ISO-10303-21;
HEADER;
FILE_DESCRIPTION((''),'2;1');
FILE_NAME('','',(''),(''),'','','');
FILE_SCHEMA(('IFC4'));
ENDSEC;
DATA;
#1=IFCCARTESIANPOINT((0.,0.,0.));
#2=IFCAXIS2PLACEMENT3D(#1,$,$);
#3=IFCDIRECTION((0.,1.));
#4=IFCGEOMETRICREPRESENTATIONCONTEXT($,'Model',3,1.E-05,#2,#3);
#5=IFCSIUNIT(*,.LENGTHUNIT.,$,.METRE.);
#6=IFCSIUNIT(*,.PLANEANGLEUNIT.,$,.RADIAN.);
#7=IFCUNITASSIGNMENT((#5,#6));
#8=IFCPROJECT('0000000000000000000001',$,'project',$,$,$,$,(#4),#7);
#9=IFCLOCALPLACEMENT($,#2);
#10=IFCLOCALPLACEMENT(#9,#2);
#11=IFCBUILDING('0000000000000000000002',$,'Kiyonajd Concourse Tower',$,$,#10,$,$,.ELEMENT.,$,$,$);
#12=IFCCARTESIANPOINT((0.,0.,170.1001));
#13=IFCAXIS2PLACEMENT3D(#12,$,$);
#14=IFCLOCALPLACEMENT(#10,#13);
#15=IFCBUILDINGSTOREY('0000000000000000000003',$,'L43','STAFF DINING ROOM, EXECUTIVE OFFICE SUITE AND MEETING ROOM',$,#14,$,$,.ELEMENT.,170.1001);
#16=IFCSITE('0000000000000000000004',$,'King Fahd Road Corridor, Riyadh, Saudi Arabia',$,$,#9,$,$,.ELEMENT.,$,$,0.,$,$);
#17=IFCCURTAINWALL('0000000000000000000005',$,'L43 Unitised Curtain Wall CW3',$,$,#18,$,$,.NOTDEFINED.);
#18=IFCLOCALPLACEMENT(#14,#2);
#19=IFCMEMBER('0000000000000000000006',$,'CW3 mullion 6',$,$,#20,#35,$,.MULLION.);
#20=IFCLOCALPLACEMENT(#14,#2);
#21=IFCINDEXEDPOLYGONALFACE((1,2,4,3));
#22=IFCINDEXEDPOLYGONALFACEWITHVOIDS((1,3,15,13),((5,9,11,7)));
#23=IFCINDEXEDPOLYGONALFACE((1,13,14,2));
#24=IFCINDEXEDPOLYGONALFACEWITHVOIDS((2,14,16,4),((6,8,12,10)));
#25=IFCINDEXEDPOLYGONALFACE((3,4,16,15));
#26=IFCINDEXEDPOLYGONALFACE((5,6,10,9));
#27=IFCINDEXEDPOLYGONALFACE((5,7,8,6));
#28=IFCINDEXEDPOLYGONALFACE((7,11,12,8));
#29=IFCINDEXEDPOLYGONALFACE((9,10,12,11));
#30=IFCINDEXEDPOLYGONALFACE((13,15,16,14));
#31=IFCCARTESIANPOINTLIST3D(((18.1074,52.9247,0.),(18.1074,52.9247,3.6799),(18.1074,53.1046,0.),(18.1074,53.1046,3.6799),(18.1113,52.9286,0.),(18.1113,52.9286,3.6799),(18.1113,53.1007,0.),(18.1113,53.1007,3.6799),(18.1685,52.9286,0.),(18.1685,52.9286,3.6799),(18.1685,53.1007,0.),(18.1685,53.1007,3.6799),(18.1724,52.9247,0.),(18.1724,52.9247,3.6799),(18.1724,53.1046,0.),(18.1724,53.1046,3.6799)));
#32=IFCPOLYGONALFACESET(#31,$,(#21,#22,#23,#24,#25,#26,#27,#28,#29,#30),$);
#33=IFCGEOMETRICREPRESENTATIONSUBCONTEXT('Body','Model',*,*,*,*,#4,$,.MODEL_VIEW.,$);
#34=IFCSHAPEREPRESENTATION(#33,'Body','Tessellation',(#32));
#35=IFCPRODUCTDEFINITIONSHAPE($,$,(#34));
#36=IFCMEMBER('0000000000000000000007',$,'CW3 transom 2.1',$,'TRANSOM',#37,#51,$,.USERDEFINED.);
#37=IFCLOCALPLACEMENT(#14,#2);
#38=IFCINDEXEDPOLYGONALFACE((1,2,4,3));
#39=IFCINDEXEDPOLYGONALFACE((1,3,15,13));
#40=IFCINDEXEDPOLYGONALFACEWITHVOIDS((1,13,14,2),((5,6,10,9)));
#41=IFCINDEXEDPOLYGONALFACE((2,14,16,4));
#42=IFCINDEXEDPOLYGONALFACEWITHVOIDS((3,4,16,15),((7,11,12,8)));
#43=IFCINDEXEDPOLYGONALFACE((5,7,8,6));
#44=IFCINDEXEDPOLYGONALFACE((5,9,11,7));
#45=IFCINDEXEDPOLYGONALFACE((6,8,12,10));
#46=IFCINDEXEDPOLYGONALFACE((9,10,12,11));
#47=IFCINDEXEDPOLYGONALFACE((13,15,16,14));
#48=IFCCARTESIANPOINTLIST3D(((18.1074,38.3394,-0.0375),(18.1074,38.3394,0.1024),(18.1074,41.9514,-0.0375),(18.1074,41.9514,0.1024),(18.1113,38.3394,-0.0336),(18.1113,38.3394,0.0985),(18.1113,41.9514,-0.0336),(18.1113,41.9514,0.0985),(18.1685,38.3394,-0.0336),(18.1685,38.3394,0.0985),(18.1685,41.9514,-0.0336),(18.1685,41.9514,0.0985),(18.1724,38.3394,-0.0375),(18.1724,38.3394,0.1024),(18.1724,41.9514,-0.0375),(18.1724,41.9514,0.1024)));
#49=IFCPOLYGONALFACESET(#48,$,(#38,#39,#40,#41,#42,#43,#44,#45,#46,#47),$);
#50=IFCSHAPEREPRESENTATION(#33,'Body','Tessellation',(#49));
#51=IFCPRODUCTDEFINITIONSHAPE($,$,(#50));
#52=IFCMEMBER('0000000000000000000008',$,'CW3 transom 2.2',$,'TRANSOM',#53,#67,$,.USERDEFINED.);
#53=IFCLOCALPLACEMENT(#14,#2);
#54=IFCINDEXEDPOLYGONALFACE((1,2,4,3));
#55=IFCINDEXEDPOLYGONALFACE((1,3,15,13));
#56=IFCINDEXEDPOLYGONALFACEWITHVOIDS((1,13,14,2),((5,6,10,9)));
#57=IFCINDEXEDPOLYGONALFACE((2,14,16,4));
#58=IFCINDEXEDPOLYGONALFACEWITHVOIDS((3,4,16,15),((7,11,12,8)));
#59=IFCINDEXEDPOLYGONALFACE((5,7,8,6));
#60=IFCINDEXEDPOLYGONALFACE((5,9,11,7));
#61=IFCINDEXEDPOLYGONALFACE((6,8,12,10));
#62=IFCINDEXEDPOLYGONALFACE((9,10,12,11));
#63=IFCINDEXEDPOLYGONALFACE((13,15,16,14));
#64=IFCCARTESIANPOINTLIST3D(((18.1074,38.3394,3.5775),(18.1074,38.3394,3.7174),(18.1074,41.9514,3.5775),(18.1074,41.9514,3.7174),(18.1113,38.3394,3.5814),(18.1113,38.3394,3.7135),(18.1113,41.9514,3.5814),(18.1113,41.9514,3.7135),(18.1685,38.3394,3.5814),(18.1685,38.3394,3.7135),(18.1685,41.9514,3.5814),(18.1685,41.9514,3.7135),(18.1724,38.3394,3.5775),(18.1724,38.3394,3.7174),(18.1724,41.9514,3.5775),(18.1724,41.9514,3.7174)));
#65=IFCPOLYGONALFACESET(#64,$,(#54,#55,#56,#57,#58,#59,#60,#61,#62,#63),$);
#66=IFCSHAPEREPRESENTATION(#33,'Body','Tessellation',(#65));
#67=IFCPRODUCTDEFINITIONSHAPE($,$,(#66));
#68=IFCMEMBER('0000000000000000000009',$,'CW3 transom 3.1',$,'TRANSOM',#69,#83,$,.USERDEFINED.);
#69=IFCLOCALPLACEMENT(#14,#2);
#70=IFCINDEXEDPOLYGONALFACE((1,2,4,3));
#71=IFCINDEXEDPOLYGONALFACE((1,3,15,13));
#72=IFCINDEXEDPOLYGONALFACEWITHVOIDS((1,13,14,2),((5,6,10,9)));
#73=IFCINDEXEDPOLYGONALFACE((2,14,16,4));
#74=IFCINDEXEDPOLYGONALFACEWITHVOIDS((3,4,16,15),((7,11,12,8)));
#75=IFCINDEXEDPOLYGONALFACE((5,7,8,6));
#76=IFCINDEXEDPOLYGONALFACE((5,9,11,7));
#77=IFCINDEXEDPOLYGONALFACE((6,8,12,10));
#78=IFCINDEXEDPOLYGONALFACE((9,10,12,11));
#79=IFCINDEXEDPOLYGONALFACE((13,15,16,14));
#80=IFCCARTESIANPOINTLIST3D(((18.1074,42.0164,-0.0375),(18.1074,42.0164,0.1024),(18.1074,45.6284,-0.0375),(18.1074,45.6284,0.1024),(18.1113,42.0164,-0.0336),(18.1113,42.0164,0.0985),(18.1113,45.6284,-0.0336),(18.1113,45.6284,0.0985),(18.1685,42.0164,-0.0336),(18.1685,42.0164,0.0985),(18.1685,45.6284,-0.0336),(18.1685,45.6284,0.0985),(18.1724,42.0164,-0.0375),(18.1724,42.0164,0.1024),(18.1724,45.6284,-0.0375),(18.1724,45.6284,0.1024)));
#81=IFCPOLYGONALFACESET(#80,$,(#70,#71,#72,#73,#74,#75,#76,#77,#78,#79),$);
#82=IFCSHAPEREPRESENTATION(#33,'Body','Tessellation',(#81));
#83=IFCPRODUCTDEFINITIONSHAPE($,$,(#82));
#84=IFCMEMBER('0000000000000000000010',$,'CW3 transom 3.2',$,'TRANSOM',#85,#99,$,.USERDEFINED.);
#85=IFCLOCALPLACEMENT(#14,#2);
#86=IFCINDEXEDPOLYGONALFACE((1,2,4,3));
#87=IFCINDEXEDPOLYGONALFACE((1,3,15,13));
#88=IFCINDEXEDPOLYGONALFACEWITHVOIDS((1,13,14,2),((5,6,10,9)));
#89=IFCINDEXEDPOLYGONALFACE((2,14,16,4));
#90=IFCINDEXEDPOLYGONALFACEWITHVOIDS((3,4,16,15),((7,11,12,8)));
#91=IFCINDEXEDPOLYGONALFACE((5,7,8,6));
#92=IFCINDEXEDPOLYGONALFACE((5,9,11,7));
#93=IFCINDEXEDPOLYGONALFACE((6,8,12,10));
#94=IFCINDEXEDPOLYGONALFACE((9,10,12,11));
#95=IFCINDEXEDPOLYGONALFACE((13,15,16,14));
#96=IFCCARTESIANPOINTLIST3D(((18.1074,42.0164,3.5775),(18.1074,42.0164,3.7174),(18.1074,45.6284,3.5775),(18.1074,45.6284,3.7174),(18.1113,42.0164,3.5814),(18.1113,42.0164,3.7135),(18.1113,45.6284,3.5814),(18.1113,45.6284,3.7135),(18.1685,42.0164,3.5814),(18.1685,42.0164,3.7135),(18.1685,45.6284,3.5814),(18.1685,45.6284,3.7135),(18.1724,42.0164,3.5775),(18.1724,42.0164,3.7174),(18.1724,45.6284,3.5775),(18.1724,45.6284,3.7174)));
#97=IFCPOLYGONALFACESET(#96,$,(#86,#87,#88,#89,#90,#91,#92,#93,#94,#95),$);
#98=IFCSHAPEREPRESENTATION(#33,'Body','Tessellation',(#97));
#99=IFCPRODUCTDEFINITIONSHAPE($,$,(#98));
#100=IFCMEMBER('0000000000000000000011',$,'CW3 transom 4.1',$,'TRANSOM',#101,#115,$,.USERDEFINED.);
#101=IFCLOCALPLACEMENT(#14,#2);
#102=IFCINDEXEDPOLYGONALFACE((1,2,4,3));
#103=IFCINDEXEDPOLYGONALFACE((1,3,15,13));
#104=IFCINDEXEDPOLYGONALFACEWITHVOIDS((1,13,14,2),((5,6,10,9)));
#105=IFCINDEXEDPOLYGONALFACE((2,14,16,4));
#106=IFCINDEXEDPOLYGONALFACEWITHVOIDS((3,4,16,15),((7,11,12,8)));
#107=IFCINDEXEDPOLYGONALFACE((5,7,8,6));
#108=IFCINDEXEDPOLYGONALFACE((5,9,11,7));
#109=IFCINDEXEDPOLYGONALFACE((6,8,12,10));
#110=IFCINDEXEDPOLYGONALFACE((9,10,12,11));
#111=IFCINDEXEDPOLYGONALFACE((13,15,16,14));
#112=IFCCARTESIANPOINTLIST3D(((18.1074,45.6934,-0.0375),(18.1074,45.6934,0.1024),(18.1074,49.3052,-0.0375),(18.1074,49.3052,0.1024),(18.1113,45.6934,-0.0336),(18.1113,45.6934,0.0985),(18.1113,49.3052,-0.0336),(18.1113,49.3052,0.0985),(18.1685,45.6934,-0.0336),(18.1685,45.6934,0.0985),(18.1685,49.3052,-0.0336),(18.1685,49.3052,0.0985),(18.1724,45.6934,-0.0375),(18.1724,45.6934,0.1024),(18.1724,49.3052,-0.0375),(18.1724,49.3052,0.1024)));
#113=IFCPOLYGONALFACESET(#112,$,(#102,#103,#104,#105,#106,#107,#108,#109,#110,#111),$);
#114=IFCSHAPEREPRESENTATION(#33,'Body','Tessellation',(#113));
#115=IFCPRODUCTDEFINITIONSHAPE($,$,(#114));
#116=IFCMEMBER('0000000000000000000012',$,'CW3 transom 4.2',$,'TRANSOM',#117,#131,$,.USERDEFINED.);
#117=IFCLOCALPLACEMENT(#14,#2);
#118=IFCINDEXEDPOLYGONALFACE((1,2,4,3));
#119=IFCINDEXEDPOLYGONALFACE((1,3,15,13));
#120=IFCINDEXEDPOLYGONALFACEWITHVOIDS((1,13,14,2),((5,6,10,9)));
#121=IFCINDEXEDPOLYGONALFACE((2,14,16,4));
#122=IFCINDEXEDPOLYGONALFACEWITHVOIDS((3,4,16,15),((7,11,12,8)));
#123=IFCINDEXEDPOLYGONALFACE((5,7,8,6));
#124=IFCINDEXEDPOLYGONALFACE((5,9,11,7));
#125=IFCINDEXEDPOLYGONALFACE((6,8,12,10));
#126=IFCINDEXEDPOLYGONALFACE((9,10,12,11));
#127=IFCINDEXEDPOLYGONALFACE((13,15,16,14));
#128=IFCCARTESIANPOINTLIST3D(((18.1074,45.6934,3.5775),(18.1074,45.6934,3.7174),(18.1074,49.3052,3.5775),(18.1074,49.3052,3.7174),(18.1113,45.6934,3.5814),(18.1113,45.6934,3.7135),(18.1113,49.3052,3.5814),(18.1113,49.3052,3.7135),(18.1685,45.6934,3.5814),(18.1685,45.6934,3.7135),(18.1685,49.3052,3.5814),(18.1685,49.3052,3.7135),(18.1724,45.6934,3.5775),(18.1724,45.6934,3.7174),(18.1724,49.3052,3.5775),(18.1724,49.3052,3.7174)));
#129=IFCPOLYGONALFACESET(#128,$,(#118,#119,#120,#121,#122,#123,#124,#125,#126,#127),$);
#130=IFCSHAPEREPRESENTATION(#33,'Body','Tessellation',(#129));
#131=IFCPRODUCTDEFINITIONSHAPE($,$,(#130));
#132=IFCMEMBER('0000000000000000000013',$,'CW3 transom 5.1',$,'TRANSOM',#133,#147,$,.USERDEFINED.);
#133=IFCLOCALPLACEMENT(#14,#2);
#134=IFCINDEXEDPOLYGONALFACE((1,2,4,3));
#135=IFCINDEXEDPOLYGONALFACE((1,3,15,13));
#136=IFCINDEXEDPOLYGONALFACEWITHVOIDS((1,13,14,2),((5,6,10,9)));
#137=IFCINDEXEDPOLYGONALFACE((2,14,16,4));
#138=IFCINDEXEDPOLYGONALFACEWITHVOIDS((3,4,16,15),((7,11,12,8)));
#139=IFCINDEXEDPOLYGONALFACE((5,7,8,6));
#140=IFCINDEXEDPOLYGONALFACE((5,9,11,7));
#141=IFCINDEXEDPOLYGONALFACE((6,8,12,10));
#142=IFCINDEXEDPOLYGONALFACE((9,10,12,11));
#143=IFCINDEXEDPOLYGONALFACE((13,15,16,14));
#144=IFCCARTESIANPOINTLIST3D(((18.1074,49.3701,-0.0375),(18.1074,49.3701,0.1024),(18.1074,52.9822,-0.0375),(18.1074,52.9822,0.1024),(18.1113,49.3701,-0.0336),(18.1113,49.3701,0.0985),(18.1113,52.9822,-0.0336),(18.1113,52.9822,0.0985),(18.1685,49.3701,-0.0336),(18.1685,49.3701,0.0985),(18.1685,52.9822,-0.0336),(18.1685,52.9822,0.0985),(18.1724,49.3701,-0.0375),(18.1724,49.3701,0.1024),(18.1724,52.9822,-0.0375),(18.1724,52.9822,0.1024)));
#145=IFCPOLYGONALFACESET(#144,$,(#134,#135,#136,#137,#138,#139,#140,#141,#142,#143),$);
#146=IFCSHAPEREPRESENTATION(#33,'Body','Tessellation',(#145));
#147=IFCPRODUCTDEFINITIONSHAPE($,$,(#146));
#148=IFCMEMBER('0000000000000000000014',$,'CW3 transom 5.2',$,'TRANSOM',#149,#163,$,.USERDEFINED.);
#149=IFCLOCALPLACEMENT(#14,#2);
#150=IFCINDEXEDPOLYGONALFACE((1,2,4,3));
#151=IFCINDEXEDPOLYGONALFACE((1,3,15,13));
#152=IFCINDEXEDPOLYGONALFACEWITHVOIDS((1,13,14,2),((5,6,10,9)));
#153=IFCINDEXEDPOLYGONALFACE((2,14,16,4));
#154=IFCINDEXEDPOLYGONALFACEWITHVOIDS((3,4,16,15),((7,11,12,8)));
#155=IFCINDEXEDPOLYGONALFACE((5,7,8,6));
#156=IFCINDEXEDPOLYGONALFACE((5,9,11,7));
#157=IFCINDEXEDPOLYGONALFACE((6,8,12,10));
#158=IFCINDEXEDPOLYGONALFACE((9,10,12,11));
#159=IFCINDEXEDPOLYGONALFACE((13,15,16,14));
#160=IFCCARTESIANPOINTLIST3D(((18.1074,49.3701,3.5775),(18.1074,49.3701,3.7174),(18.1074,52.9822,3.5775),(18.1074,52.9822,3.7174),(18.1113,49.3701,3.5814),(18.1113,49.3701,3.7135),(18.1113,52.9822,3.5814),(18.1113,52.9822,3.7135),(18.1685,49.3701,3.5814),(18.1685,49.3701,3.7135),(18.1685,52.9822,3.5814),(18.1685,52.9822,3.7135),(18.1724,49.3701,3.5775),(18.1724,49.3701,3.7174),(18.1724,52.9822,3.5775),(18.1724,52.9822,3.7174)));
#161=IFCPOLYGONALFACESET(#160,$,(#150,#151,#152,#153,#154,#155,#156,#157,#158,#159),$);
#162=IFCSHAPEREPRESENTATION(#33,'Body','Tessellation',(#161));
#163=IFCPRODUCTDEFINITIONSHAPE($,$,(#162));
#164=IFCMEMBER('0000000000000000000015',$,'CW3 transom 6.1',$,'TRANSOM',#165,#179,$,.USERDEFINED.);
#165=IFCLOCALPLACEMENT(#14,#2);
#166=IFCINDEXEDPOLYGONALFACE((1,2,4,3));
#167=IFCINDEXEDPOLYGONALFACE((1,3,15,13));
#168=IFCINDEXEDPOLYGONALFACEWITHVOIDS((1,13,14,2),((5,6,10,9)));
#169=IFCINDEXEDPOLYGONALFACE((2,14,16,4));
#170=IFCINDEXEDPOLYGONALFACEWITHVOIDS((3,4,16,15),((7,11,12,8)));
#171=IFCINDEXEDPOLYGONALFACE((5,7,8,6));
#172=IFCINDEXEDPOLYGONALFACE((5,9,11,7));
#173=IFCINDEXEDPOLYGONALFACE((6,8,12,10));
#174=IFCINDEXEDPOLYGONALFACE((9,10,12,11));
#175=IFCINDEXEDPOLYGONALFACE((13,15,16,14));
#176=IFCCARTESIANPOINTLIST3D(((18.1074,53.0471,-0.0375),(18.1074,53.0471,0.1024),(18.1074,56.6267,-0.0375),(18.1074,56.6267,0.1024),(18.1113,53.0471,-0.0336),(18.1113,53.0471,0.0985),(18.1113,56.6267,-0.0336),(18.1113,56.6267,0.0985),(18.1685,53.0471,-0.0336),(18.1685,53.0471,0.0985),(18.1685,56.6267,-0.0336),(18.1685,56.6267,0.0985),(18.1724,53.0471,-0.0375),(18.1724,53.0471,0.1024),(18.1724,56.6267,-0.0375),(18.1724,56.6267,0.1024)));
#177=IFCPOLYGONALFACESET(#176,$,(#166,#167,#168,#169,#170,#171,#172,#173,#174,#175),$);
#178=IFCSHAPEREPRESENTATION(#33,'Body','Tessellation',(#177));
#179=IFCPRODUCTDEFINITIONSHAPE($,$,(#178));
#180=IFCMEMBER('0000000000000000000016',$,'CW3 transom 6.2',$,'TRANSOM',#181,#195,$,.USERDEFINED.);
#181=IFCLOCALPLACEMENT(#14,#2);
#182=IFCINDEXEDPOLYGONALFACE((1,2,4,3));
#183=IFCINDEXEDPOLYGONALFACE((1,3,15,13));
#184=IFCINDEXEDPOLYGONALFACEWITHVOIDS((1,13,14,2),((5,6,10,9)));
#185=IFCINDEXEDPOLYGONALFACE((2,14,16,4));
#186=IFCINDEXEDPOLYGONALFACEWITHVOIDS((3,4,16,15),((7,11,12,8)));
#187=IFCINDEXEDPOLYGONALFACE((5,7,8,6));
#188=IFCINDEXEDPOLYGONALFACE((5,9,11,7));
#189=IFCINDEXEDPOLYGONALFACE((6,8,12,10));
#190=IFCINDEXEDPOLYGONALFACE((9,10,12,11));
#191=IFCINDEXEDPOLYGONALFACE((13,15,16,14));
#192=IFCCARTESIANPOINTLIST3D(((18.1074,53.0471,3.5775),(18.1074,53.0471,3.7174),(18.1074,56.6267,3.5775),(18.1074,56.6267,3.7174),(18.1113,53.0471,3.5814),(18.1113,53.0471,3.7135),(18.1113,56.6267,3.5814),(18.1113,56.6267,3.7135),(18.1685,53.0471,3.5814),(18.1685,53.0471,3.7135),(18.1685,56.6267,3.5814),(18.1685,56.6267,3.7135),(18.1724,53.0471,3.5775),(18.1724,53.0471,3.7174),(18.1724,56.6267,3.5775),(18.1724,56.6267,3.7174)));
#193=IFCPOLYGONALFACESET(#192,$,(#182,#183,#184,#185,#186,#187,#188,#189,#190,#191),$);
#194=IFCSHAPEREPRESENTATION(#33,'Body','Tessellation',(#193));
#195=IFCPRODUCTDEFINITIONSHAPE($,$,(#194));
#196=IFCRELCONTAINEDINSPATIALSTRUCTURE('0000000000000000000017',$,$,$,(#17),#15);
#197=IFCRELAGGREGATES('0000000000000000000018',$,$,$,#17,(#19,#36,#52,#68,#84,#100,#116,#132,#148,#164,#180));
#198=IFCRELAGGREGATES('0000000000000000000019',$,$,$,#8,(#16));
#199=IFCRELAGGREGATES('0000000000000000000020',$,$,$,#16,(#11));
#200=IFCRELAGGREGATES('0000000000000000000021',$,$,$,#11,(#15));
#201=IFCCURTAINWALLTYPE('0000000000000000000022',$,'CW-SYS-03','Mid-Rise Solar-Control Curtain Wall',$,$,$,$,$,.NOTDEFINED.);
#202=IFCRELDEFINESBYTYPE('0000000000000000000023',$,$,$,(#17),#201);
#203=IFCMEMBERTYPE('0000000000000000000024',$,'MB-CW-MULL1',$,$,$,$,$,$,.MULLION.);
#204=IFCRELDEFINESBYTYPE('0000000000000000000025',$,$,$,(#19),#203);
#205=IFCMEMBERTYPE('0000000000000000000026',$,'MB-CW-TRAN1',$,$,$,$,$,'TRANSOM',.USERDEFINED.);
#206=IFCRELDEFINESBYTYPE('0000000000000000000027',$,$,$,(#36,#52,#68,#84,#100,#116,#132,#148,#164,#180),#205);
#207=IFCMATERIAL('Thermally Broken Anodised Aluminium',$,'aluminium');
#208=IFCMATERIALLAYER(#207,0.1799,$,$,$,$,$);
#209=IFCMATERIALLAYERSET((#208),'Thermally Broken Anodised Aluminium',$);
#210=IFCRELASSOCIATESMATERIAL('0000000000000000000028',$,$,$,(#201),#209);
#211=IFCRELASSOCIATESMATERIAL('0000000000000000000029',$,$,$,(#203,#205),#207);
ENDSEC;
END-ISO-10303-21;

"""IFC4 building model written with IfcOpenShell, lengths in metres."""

from ifc_helpers import new_model, si_unit, direction, frame, origin, origin_2d, place, context, subcontext, project, spatial, hollow_rectangle, extrude, material, layer, layer_set, material_profile, profile_set, type_object, element, aggregate, save


model = new_model("IFC4")

# Units and contexts
model_context = context("Model", 3, precision=1e-05, world=origin(), true_north=direction((0.0, 1.0)))
body_context = subcontext(model_context, "Body", "Model", "MODEL_VIEW")
ifc_project = project(units=[si_unit("LENGTHUNIT", "METRE"), si_unit("PLANEANGLEUNIT", "RADIAN")], contexts=[model_context])

# Site, building, storey
site_placement = place(None, origin())
site = spatial("IfcSite", under=ifc_project, at=site_placement, Name="King Fahd Road Corridor, Riyadh, Saudi Arabia", CompositionType="ELEMENT", RefElevation=0.0)
building_placement = place(site_placement, origin())
building = spatial("IfcBuilding", under=site, at=building_placement, Name="Kiyonajd Concourse Tower", CompositionType="ELEMENT")
storey_placement = place(building_placement, frame((0.0, 0.0, 170.1001)))
storey = spatial("IfcBuildingStorey", under=building, at=storey_placement, Name="L43", Description="STAFF DINING ROOM, EXECUTIVE OFFICE SUITE AND MEETING ROOM", CompositionType="ELEMENT", Elevation=170.1001)

# Curtain wall, members
ifc_material_1 = material(Name="Thermally Broken Anodised Aluminium", Category="aluminium")
ifc_layer_1 = layer(ifc_material_1, 0.1799)
ifc_layer_set_1 = layer_set([ifc_layer_1], Name="Thermally Broken Anodised Aluminium")
curtain_wall_type = type_object("IfcCurtainWallType", Name="CW-SYS-03", Description="Mid-Rise Solar-Control Curtain Wall", PredefinedType="NOTDEFINED", material=ifc_layer_set_1)
curtain_wall_placement = place(storey_placement, origin())
curtain_wall = element("IfcCurtainWall", 1, at=curtain_wall_placement, inside=storey, type_object=curtain_wall_type, Name="L43 Unitised Curtain Wall CW3", PredefinedType="NOTDEFINED")
ifc_material_profile_1 = material_profile(ifc_material_1, hollow_rectangle(XDim=0.0649, YDim=0.1799, WallThickness=0.0039, at=origin_2d()), Name="MULL-65x180")
ifc_profile_set_1 = profile_set([ifc_material_profile_1], Name="Thermally Broken Anodised Aluminium")
member_type_1 = type_object("IfcMemberType", Name="MB-CW-MULL1", PredefinedType="MULLION", material=ifc_profile_set_1)
member_1_placement = place(storey_placement, frame((18.1399, 53.0146, 0.0), z_axis=(0.0, 0.0, 1.0), x_axis=(-1.0, 0.0, 0.0)))
member_1 = element("IfcMember", 2, at=member_1_placement, type_object=member_type_1, Name="CW3 mullion 6", PredefinedType="MULLION", context=body_context, shape_type="SweptSolid", body=[
    extrude(hollow_rectangle(XDim=0.0649, YDim=0.1799, WallThickness=0.0039, at=origin_2d()), origin(), (0.0, 0.0, 1.0), 3.6799),
])
ifc_material_profile_2 = material_profile(ifc_material_1, hollow_rectangle(XDim=0.0649, YDim=0.1399, WallThickness=0.0039, at=origin_2d()), Name="TRAN-65x140")
ifc_profile_set_2 = profile_set([ifc_material_profile_2], Name="Thermally Broken Anodised Aluminium")
member_type_2 = type_object("IfcMemberType", Name="MB-CW-TRAN1", ElementType="TRANSOM", PredefinedType="USERDEFINED", material=ifc_profile_set_2)
member_2_placement = place(storey_placement, frame((18.1399, 38.3394, 0.0325), z_axis=(0.0, 1.0, 0.0), x_axis=(-1.0, 0.0, 0.0)))
member_2 = element("IfcMember", 3, at=member_2_placement, type_object=member_type_2, Name="CW3 transom 2.1", ObjectType="TRANSOM", PredefinedType="USERDEFINED", context=body_context, shape_type="SweptSolid", body=[
    extrude(hollow_rectangle(XDim=0.0649, YDim=0.1399, WallThickness=0.0039, at=origin_2d()), origin(), (0.0, 0.0, 1.0), 3.6121),
])
member_3_placement = place(storey_placement, frame((18.1399, 38.3394, 3.6475), z_axis=(0.0, 1.0, 0.0), x_axis=(-1.0, 0.0, 0.0)))
member_3 = element("IfcMember", 4, at=member_3_placement, type_object=member_type_2, Name="CW3 transom 2.2", ObjectType="TRANSOM", PredefinedType="USERDEFINED", context=body_context, shape_type="SweptSolid", body=[
    extrude(hollow_rectangle(XDim=0.0649, YDim=0.1399, WallThickness=0.0039, at=origin_2d()), origin(), (0.0, 0.0, 1.0), 3.6121),
])
member_4_placement = place(storey_placement, frame((18.1399, 42.0164, 0.0325), z_axis=(0.0, 1.0, 0.0), x_axis=(-1.0, 0.0, 0.0)))
member_4 = element("IfcMember", 5, at=member_4_placement, type_object=member_type_2, Name="CW3 transom 3.1", ObjectType="TRANSOM", PredefinedType="USERDEFINED", context=body_context, shape_type="SweptSolid", body=[
    extrude(hollow_rectangle(XDim=0.0649, YDim=0.1399, WallThickness=0.0039, at=origin_2d()), origin(), (0.0, 0.0, 1.0), 3.6121),
])
member_5_placement = place(storey_placement, frame((18.1399, 42.0164, 3.6475), z_axis=(0.0, 1.0, 0.0), x_axis=(-1.0, 0.0, 0.0)))
member_5 = element("IfcMember", 6, at=member_5_placement, type_object=member_type_2, Name="CW3 transom 3.2", ObjectType="TRANSOM", PredefinedType="USERDEFINED", context=body_context, shape_type="SweptSolid", body=[
    extrude(hollow_rectangle(XDim=0.0649, YDim=0.1399, WallThickness=0.0039, at=origin_2d()), origin(), (0.0, 0.0, 1.0), 3.6121),
])
member_6_placement = place(storey_placement, frame((18.1399, 45.6934, 0.0325), z_axis=(0.0, 1.0, 0.0), x_axis=(-1.0, 0.0, 0.0)))
member_6 = element("IfcMember", 7, at=member_6_placement, type_object=member_type_2, Name="CW3 transom 4.1", ObjectType="TRANSOM", PredefinedType="USERDEFINED", context=body_context, shape_type="SweptSolid", body=[
    extrude(hollow_rectangle(XDim=0.0649, YDim=0.1399, WallThickness=0.0039, at=origin_2d()), origin(), (0.0, 0.0, 1.0), 3.6118),
])
member_7_placement = place(storey_placement, frame((18.1399, 45.6934, 3.6475), z_axis=(0.0, 1.0, 0.0), x_axis=(-1.0, 0.0, 0.0)))
member_7 = element("IfcMember", 8, at=member_7_placement, type_object=member_type_2, Name="CW3 transom 4.2", ObjectType="TRANSOM", PredefinedType="USERDEFINED", context=body_context, shape_type="SweptSolid", body=[
    extrude(hollow_rectangle(XDim=0.0649, YDim=0.1399, WallThickness=0.0039, at=origin_2d()), origin(), (0.0, 0.0, 1.0), 3.6118),
])
member_8_placement = place(storey_placement, frame((18.1399, 49.3701, 0.0325), z_axis=(0.0, 1.0, 0.0), x_axis=(-1.0, 0.0, 0.0)))
member_8 = element("IfcMember", 9, at=member_8_placement, type_object=member_type_2, Name="CW3 transom 5.1", ObjectType="TRANSOM", PredefinedType="USERDEFINED", context=body_context, shape_type="SweptSolid", body=[
    extrude(hollow_rectangle(XDim=0.0649, YDim=0.1399, WallThickness=0.0039, at=origin_2d()), origin(), (0.0, 0.0, 1.0), 3.6121),
])
member_9_placement = place(storey_placement, frame((18.1399, 49.3701, 3.6475), z_axis=(0.0, 1.0, 0.0), x_axis=(-1.0, 0.0, 0.0)))
member_9 = element("IfcMember", 10, at=member_9_placement, type_object=member_type_2, Name="CW3 transom 5.2", ObjectType="TRANSOM", PredefinedType="USERDEFINED", context=body_context, shape_type="SweptSolid", body=[
    extrude(hollow_rectangle(XDim=0.0649, YDim=0.1399, WallThickness=0.0039, at=origin_2d()), origin(), (0.0, 0.0, 1.0), 3.6121),
])
member_10_placement = place(storey_placement, frame((18.1399, 53.0471, 0.0325), z_axis=(0.0, 1.0, 0.0), x_axis=(-1.0, 0.0, 0.0)))
member_10 = element("IfcMember", 11, at=member_10_placement, type_object=member_type_2, Name="CW3 transom 6.1", ObjectType="TRANSOM", PredefinedType="USERDEFINED", context=body_context, shape_type="SweptSolid", body=[
    extrude(hollow_rectangle(XDim=0.0649, YDim=0.1399, WallThickness=0.0039, at=origin_2d()), origin(), (0.0, 0.0, 1.0), 3.5796),
])
member_11_placement = place(storey_placement, frame((18.1399, 53.0471, 3.6475), z_axis=(0.0, 1.0, 0.0), x_axis=(-1.0, 0.0, 0.0)))
member_11 = element("IfcMember", 12, at=member_11_placement, type_object=member_type_2, Name="CW3 transom 6.2", ObjectType="TRANSOM", PredefinedType="USERDEFINED", context=body_context, shape_type="SweptSolid", body=[
    extrude(hollow_rectangle(XDim=0.0649, YDim=0.1399, WallThickness=0.0039, at=origin_2d()), origin(), (0.0, 0.0, 1.0), 3.5796),
])
aggregate(curtain_wall, [member_1, member_2, member_3, member_4, member_5, member_6, member_7, member_8, member_9, member_10, member_11])

save(model, "model.ifc")
